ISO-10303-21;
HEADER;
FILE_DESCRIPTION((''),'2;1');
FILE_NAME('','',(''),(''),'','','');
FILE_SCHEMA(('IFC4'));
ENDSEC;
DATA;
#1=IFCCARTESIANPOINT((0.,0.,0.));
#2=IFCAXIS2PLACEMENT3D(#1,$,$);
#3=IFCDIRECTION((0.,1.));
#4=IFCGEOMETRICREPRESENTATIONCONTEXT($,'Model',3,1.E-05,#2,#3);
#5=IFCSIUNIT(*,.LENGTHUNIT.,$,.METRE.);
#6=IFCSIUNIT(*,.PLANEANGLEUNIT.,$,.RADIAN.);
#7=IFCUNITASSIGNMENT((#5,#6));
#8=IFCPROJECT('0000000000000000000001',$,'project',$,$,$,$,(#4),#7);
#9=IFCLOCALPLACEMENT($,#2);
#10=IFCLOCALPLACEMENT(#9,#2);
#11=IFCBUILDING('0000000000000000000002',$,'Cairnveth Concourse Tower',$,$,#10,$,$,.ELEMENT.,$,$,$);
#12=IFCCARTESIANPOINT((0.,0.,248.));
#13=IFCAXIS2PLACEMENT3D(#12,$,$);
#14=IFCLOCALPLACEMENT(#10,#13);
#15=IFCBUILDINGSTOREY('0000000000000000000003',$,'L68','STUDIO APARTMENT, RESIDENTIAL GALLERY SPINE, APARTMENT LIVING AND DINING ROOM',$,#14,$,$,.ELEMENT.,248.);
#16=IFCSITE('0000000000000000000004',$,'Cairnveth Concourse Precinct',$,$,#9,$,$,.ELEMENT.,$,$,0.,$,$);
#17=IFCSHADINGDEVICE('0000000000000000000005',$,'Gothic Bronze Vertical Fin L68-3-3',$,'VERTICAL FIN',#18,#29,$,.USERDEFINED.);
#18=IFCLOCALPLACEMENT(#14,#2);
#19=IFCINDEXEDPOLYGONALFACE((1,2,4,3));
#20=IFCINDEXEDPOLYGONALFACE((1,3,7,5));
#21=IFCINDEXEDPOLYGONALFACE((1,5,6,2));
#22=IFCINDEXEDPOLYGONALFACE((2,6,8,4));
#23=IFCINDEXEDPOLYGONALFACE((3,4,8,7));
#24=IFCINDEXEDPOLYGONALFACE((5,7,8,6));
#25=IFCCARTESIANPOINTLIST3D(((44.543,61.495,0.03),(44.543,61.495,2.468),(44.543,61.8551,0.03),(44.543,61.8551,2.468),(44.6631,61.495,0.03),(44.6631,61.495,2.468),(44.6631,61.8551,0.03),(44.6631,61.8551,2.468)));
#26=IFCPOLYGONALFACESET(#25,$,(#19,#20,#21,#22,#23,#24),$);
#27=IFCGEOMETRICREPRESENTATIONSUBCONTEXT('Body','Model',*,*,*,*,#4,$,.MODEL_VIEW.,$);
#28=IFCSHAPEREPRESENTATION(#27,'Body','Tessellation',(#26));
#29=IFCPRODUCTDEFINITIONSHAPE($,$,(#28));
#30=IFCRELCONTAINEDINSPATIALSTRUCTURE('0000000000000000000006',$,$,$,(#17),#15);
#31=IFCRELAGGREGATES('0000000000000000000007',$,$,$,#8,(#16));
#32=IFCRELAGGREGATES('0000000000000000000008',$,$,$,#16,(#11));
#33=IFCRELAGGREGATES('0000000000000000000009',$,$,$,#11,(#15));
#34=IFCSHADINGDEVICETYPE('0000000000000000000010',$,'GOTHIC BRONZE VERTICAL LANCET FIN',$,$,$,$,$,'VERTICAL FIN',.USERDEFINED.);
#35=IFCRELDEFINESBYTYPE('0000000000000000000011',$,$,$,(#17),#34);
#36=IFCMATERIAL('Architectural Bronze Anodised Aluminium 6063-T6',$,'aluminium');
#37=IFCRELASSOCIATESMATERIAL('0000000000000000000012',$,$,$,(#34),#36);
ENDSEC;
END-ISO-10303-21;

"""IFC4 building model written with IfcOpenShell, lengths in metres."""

from ifc_helpers import new_model, si_unit, direction, frame, origin, origin_2d, place, context, subcontext, project, spatial, rectangle, extrude, material, type_object, element, save


model = new_model("IFC4")

# Units and contexts
model_context = context("Model", 3, precision=1e-05, world=origin(), true_north=direction((0.0, 1.0)))
body_context = subcontext(model_context, "Body", "Model", "MODEL_VIEW")
ifc_project = project(units=[si_unit("LENGTHUNIT", "METRE"), si_unit("PLANEANGLEUNIT", "RADIAN")], contexts=[model_context])

# Site, building, storey
site_placement = place(None, origin())
site = spatial("IfcSite", under=ifc_project, at=site_placement, Name="Cairnveth Concourse Precinct", CompositionType="ELEMENT", RefElevation=0.0)
building_placement = place(site_placement, origin())
building = spatial("IfcBuilding", under=site, at=building_placement, Name="Cairnveth Concourse Tower", CompositionType="ELEMENT")
storey_placement = place(building_placement, frame((0.0, 0.0, 248.0)))
storey = spatial("IfcBuildingStorey", under=building, at=storey_placement, Name="L68", Description="STUDIO APARTMENT, RESIDENTIAL GALLERY SPINE, APARTMENT LIVING AND DINING ROOM", CompositionType="ELEMENT", Elevation=248.0)

# Shading device
ifc_material_1 = material(Name="Architectural Bronze Anodised Aluminium 6063-T6", Category="aluminium")
shading_device_type = type_object("IfcShadingDeviceType", Name="GOTHIC BRONZE VERTICAL LANCET FIN", ElementType="VERTICAL FIN", PredefinedType="USERDEFINED", material=ifc_material_1)
for number, where, z_axis, x_axis, name in (
    (1, (44.603, 61.675, 0.03), (0.0, 0.0, 1.0), (1.0, 0.0, 0.0), "Gothic Bronze Vertical Fin L68-3-3"),
):
    element("IfcShadingDevice", number, at=place(storey_placement, frame(where, z_axis=z_axis, x_axis=x_axis)), inside=storey, type_object=shading_device_type, Name=name, ObjectType="VERTICAL FIN", PredefinedType="USERDEFINED", context=body_context, shape_type="SweptSolid", body=[
        extrude(rectangle(XDim=0.1201, YDim=0.3601, at=origin_2d()), origin(), (0.0, 0.0, 1.0), 2.438),
    ])

save(model, "model.ifc")
